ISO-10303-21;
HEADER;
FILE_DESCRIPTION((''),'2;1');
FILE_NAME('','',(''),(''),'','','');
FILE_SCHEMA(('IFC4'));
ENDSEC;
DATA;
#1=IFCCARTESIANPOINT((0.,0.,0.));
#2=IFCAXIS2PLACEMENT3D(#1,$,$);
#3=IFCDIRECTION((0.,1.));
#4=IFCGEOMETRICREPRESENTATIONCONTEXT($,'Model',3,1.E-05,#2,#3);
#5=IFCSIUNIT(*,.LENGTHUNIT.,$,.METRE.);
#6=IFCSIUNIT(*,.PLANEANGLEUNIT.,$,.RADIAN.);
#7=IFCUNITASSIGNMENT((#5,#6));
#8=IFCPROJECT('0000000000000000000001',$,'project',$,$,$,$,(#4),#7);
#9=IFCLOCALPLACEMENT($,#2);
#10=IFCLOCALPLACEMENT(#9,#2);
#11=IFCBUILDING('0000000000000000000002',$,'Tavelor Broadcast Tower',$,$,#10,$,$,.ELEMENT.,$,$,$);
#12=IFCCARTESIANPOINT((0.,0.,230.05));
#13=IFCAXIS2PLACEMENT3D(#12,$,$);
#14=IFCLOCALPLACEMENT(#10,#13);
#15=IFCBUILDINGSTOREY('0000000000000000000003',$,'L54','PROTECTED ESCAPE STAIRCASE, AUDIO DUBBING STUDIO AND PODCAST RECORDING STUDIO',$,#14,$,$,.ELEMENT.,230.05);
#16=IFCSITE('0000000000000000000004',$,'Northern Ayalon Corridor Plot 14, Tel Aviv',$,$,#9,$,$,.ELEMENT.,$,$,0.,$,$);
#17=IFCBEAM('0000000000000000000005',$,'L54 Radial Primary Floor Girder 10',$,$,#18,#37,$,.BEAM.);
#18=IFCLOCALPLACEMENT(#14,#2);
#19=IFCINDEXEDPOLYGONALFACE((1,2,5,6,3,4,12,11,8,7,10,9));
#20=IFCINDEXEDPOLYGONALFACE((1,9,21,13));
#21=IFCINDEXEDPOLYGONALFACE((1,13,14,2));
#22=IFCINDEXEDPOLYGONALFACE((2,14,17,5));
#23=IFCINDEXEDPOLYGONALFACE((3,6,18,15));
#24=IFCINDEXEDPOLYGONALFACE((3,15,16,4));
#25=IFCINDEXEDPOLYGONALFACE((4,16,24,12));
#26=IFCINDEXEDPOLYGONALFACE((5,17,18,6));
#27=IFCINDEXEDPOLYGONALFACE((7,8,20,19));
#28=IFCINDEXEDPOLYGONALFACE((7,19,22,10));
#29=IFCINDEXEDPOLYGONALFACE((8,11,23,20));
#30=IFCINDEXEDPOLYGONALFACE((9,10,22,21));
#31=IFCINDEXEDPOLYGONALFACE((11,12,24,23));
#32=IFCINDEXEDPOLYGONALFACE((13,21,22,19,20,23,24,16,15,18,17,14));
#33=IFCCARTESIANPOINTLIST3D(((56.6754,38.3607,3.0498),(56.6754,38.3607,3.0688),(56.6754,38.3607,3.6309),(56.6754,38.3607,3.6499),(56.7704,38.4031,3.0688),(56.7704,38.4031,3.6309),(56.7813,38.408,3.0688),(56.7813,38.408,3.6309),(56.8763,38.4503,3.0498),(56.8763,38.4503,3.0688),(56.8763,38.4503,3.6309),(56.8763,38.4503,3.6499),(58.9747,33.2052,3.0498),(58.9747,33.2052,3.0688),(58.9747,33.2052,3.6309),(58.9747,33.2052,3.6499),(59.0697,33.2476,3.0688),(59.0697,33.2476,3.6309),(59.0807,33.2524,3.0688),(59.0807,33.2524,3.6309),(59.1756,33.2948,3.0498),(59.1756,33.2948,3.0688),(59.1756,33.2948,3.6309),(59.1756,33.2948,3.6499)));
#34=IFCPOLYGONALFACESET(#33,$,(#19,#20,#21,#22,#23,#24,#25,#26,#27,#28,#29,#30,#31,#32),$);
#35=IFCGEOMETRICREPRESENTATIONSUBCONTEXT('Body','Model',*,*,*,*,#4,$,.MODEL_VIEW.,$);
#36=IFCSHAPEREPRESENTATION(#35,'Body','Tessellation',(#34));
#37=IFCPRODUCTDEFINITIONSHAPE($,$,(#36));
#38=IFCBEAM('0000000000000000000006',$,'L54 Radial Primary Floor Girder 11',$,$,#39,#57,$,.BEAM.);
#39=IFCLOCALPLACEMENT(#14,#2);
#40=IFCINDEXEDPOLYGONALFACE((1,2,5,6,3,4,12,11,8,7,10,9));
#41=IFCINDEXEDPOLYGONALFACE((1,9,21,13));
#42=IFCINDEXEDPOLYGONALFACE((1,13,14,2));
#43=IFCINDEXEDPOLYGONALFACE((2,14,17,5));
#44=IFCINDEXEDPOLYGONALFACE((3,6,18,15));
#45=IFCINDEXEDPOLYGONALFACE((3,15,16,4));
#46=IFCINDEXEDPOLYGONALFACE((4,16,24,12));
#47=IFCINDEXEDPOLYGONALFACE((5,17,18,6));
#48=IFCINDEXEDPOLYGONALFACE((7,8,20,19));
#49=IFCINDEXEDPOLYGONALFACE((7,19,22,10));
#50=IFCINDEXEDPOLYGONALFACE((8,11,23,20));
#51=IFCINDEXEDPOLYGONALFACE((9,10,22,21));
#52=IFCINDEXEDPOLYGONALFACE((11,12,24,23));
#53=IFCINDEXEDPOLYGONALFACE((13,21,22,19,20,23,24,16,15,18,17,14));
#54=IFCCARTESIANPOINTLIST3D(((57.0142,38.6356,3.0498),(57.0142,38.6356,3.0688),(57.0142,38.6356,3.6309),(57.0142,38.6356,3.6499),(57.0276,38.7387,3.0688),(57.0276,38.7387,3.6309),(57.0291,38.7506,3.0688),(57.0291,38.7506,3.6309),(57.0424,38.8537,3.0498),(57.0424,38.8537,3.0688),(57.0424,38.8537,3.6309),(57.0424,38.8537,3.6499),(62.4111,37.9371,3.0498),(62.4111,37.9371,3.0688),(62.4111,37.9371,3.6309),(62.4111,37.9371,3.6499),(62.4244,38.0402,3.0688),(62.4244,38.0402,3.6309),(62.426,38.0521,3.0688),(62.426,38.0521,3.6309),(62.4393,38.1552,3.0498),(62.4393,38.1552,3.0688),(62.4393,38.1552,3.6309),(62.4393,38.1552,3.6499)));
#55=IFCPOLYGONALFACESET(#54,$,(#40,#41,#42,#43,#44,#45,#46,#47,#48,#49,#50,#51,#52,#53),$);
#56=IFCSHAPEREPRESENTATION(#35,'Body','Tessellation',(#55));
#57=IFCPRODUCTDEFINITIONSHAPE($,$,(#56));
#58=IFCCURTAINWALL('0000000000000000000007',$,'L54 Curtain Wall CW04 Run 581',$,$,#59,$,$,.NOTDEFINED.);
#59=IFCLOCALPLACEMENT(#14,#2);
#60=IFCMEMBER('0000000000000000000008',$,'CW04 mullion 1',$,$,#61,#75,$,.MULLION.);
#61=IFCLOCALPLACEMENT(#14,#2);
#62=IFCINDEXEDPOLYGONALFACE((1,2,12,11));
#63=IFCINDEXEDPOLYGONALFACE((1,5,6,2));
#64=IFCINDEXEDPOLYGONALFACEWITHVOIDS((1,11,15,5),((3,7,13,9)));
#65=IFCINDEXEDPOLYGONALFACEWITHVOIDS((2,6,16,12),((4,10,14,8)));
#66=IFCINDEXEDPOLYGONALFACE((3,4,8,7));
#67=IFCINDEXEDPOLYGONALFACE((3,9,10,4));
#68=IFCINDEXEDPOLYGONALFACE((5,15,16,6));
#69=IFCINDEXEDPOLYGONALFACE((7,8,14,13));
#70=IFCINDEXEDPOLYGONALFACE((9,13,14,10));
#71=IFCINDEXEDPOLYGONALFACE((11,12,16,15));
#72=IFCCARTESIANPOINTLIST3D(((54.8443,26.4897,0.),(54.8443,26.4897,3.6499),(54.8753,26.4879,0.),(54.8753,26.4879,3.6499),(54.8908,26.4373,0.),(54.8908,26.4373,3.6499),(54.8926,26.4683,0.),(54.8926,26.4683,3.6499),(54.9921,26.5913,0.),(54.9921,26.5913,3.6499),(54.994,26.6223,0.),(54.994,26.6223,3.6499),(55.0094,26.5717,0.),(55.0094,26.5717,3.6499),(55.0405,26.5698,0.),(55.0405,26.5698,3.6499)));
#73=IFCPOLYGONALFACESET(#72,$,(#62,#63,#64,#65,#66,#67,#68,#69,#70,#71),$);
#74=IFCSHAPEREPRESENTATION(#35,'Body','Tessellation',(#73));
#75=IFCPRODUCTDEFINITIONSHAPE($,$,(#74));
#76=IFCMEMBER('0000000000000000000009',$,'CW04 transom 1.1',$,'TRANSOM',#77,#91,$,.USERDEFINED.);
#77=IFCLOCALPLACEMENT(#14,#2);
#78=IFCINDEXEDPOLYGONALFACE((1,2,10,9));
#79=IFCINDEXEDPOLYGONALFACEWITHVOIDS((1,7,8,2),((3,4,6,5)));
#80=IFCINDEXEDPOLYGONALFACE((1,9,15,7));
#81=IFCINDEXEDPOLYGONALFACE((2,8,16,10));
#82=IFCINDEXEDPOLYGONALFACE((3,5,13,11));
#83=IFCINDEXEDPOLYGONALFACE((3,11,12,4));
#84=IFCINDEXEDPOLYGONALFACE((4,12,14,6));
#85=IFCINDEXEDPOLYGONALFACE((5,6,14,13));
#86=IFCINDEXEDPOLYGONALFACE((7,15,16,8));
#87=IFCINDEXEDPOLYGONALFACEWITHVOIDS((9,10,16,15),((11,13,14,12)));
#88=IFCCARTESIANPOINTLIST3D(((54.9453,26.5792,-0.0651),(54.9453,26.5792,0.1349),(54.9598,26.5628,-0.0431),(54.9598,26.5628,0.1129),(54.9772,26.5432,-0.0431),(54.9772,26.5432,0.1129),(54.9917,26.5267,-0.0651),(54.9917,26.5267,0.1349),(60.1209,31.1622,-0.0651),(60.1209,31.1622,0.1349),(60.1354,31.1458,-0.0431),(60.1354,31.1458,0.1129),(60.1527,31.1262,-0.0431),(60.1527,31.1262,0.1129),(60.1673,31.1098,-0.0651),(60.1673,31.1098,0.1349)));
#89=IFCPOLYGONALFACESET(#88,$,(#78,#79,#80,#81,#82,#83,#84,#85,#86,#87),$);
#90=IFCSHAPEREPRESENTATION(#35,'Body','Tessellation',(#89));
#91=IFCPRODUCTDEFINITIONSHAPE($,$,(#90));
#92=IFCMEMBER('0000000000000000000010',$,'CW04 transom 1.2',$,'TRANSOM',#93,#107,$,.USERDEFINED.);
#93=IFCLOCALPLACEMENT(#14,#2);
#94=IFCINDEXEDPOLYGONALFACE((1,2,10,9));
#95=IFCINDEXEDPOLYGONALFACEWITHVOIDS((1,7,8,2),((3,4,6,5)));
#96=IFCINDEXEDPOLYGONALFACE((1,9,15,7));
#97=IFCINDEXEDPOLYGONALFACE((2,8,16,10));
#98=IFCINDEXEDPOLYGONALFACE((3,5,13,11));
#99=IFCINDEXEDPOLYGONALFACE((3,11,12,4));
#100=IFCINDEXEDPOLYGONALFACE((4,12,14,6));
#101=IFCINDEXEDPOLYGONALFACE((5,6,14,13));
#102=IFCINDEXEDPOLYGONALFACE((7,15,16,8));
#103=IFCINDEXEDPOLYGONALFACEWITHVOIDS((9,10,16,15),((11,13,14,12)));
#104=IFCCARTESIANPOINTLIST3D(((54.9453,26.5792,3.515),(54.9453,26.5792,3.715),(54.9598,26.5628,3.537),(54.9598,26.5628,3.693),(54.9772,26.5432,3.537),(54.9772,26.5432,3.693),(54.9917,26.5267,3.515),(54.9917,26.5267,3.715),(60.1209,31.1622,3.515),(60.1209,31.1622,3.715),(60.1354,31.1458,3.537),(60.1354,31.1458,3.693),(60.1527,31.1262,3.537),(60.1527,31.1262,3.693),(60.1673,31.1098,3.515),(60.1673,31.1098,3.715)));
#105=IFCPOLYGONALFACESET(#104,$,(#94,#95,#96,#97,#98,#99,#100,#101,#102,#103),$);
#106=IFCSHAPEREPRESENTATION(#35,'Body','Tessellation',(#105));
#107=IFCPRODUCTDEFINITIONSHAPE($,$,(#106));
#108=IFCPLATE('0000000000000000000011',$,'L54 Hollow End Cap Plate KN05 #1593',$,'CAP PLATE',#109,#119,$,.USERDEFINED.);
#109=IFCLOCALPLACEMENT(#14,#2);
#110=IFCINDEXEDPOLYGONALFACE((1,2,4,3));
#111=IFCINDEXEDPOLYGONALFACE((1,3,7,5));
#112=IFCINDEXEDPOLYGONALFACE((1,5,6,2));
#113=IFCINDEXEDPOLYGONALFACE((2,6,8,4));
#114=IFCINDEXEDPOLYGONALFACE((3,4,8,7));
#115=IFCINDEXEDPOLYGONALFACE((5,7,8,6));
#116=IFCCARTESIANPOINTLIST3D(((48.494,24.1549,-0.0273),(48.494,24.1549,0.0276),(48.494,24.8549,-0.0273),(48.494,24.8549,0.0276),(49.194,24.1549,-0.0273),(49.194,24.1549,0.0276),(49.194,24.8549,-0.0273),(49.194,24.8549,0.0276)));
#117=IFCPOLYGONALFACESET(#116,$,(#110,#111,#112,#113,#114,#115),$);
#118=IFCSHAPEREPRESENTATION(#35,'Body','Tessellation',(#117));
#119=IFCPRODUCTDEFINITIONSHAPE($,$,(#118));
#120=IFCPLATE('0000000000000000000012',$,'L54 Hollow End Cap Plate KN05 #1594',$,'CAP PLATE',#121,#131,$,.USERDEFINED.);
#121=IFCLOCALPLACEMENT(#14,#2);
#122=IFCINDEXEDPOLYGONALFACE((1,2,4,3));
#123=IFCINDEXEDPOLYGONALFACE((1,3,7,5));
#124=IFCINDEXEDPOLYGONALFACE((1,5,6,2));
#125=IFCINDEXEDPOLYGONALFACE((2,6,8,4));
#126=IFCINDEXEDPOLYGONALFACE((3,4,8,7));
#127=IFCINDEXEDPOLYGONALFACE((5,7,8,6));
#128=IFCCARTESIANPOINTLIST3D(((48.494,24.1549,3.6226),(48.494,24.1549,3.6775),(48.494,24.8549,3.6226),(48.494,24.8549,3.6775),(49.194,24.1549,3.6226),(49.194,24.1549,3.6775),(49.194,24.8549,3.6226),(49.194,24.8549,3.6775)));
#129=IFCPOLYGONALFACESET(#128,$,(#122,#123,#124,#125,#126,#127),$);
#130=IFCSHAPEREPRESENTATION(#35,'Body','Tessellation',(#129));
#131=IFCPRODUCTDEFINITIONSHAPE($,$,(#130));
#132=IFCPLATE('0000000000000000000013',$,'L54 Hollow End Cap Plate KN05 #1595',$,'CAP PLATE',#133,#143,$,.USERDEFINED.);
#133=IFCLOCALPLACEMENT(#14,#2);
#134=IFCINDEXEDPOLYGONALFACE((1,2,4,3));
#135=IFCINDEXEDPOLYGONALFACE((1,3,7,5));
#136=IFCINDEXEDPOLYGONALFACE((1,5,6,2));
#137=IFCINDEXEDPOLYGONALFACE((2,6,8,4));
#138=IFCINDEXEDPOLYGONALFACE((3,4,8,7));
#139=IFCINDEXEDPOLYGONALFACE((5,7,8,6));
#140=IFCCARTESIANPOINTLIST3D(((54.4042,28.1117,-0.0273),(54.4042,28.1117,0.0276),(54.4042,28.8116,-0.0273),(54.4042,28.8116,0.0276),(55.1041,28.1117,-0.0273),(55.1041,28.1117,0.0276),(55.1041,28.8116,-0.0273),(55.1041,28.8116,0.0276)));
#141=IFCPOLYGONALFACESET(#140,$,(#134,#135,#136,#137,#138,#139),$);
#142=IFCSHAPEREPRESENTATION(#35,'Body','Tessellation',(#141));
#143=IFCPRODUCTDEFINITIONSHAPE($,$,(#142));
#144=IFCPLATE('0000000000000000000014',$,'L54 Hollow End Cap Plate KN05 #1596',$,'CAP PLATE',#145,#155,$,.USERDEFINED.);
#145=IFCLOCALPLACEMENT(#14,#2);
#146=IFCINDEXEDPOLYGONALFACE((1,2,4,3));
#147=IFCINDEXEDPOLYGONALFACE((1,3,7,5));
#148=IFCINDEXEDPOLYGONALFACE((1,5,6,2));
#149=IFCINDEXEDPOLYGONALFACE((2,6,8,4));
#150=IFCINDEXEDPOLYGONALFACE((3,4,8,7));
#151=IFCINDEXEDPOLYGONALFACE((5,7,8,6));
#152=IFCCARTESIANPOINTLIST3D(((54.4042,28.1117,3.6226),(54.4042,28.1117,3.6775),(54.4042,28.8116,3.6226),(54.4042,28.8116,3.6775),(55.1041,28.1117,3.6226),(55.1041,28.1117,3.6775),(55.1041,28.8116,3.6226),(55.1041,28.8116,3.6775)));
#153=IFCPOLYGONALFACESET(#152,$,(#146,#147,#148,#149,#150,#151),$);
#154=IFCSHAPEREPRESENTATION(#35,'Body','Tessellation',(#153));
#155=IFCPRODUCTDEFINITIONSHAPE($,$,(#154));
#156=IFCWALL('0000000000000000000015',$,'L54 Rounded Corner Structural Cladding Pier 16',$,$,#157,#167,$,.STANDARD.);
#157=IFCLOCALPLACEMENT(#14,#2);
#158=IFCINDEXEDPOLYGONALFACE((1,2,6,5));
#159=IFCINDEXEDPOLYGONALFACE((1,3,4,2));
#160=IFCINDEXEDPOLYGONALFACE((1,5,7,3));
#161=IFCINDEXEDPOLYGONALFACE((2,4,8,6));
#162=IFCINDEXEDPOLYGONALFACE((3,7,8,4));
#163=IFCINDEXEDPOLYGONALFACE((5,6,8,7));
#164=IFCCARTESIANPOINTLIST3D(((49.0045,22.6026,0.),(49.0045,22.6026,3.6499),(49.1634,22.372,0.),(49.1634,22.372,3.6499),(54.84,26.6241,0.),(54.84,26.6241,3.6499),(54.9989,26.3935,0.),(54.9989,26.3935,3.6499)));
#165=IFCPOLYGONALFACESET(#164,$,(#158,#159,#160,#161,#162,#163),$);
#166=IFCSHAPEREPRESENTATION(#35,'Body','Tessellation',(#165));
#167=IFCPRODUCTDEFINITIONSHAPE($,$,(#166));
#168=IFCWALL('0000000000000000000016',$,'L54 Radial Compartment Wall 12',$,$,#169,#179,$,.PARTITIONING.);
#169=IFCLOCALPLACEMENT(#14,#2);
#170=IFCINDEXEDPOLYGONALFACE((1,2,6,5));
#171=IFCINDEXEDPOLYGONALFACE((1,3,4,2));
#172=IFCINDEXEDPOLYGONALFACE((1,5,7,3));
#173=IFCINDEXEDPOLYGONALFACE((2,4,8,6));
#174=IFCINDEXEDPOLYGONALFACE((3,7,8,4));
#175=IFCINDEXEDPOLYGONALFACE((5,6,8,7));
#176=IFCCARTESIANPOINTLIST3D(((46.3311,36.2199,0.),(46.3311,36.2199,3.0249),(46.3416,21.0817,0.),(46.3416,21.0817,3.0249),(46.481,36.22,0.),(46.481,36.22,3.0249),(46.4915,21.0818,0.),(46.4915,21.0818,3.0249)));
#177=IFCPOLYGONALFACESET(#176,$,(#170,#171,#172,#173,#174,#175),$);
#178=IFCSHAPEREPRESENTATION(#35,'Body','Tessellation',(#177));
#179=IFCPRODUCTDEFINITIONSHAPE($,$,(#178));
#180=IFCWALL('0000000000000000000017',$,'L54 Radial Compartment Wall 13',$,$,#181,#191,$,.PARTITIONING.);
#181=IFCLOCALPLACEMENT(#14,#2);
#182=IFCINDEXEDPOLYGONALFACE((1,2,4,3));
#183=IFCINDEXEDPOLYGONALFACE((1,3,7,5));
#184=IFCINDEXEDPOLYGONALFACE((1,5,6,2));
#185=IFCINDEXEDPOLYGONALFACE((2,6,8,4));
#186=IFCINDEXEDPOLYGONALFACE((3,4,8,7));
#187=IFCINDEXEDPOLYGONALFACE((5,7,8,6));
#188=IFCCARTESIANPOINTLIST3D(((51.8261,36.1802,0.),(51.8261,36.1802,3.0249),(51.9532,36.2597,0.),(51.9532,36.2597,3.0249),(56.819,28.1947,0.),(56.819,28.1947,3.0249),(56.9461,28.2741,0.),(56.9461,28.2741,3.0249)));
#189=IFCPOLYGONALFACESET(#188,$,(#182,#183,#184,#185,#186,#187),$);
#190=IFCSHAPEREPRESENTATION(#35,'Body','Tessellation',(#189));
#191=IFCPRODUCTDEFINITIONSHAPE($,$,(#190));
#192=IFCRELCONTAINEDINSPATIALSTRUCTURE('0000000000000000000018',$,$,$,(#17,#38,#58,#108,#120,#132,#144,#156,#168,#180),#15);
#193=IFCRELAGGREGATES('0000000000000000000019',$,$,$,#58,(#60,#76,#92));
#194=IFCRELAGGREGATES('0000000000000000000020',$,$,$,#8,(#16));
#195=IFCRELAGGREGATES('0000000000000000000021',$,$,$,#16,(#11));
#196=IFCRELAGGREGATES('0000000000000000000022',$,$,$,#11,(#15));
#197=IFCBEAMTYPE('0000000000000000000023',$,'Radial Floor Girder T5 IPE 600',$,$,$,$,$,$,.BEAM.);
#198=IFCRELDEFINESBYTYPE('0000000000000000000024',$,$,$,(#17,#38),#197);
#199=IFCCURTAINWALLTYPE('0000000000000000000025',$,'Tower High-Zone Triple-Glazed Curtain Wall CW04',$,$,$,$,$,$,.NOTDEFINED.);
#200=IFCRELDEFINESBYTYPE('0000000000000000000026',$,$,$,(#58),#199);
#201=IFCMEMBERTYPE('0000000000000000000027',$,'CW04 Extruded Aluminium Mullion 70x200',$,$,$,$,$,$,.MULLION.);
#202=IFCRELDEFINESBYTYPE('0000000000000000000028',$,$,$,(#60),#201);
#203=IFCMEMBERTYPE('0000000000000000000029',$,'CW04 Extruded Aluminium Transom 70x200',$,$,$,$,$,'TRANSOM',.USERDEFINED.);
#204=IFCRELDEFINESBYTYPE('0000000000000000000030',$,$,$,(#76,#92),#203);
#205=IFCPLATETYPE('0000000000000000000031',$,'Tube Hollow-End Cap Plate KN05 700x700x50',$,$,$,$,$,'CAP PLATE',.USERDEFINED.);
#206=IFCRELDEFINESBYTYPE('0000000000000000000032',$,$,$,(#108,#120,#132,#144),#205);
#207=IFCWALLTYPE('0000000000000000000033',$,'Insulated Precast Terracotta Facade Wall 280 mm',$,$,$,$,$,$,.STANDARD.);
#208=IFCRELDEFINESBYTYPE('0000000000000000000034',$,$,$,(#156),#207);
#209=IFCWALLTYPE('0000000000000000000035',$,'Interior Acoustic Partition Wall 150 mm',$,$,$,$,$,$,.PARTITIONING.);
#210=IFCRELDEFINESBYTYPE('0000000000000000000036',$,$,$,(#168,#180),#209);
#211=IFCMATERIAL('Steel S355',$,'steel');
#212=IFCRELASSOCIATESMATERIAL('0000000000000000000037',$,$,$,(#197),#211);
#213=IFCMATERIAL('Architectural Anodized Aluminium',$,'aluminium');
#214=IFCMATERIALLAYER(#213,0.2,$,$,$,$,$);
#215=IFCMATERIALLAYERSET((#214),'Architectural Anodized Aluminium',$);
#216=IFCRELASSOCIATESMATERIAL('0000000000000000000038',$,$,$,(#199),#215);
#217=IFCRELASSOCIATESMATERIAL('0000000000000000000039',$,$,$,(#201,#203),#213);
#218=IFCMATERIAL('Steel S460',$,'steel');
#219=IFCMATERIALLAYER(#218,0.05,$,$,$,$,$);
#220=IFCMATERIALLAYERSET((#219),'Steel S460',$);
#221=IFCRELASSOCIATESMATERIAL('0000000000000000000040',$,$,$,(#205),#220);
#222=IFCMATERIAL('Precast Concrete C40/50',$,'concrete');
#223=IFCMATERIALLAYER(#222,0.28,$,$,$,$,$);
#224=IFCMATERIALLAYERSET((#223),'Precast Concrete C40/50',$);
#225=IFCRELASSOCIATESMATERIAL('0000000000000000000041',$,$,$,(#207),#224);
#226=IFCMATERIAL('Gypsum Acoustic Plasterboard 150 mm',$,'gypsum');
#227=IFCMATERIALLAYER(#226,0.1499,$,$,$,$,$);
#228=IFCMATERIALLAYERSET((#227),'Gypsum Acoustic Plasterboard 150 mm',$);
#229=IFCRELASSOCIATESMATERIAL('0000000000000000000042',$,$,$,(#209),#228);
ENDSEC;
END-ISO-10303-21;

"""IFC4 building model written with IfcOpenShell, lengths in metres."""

from ifc_helpers import new_model, si_unit, direction, frame, frame_2d, origin, origin_2d, place, context, subcontext, project, spatial, rectangle, hollow_rectangle, i_section, extrude, source, transform, mapped, material, layer, layer_set, material_profile, profile_set, type_object, type_shapes, element, aggregate, save


model = new_model("IFC4")

# Units and contexts
model_context = context("Model", 3, precision=1e-05, world=origin(), true_north=direction((0.0, 1.0)))
body_context = subcontext(model_context, "Body", "Model", "MODEL_VIEW")
ifc_project = project(units=[si_unit("LENGTHUNIT", "METRE"), si_unit("PLANEANGLEUNIT", "RADIAN")], contexts=[model_context])

# Site, building, storey
site_placement = place(None, origin())
site = spatial("IfcSite", under=ifc_project, at=site_placement, Name="Northern Ayalon Corridor Plot 14, Tel Aviv", CompositionType="ELEMENT", RefElevation=0.0)
building_placement = place(site_placement, origin())
building = spatial("IfcBuilding", under=site, at=building_placement, Name="Tavelor Broadcast Tower", CompositionType="ELEMENT")
storey_placement = place(building_placement, frame((0.0, 0.0, 230.05)))
storey = spatial("IfcBuildingStorey", under=building, at=storey_placement, Name="L54", Description="PROTECTED ESCAPE STAIRCASE, AUDIO DUBBING STUDIO AND PODCAST RECORDING STUDIO", CompositionType="ELEMENT", Elevation=230.05)

# Shared definitions
ifc_material_1 = material(Name="Steel S460", Category="steel")

# Shared definitions
ifc_material_2 = material(Name="Steel S355", Category="steel")

# Beams
ifc_material_profile_1 = material_profile(ifc_material_2, i_section(OverallWidth=0.22, OverallDepth=0.6001, WebThickness=0.012, FlangeThickness=0.019, at=origin_2d()), Name="IPE 600")
ifc_profile_set_1 = profile_set([ifc_material_profile_1], Name="Steel S355")
beam_type_1 = type_object("IfcBeamType", Name="Radial Floor Girder T5 IPE 600", PredefinedType="BEAM", material=ifc_profile_set_1)
beam_1_placement = place(storey_placement, frame((56.7759, 38.4055, 3.3499), z_axis=(0.407318, -0.913286, 0.0), x_axis=(0.913286, 0.407318, 0.0)))
element("IfcBeam", 1, at=beam_1_placement, inside=storey, type_object=beam_type_1, Name="L54 Radial Primary Floor Girder 10", PredefinedType="BEAM", context=body_context, shape_type="SweptSolid", body=[
    extrude(i_section(OverallWidth=0.22, OverallDepth=0.6001, WebThickness=0.012, FlangeThickness=0.019, at=origin_2d()), origin(), (0.0, 0.0, 1.0), 5.645),
])
beam_2_placement = place(storey_placement, frame((57.0283, 38.7446, 3.3499), z_axis=(0.991729, -0.128351, 0.0), x_axis=(0.128351, 0.991729, 0.0)))
element("IfcBeam", 2, at=beam_2_placement, inside=storey, type_object=beam_type_1, Name="L54 Radial Primary Floor Girder 11", PredefinedType="BEAM", context=body_context, shape_type="SweptSolid", body=[
    extrude(i_section(OverallWidth=0.22, OverallDepth=0.6001, WebThickness=0.012, FlangeThickness=0.019, at=origin_2d()), origin(), (0.0, 0.0, 1.0), 5.4419),
])

# Curtain wall, members
ifc_material_3 = material(Name="Architectural Anodized Aluminium", Category="aluminium")
ifc_layer_1 = layer(ifc_material_3, 0.2)
ifc_layer_set_1 = layer_set([ifc_layer_1], Name="Architectural Anodized Aluminium")
curtain_wall_type = type_object("IfcCurtainWallType", Name="Tower High-Zone Triple-Glazed Curtain Wall CW04", PredefinedType="NOTDEFINED", material=ifc_layer_set_1)
curtain_wall_placement = place(storey_placement, origin())
curtain_wall = element("IfcCurtainWall", 3, at=curtain_wall_placement, inside=storey, type_object=curtain_wall_type, Name="L54 Curtain Wall CW04 Run 581", PredefinedType="NOTDEFINED")
ifc_material_profile_2 = material_profile(ifc_material_3, hollow_rectangle(XDim=0.0701, YDim=0.2, WallThickness=0.022, at=origin_2d()), Name="RHS 70x200x22")
ifc_profile_set_2 = profile_set([ifc_material_profile_2], Name="Architectural Anodized Aluminium")
member_type_1 = type_object("IfcMemberType", Name="CW04 Extruded Aluminium Mullion 70x200", PredefinedType="MULLION", material=ifc_profile_set_2)
shared_shape_1 = source(origin(), body_context, "Body", "SweptSolid", [
    extrude(hollow_rectangle(XDim=0.0701, YDim=0.2, WallThickness=0.022, at=origin_2d()), origin(), (0.0, 0.0, 1.0), 3.6499),
])
type_shapes(member_type_1, [shared_shape_1])
member_1_placement = place(storey_placement, frame((54.9424, 26.5298, 0.0), z_axis=(0.0, 0.0, 1.0), x_axis=(-0.662945, 0.748668, 0.0)))
member_1 = element("IfcMember", 4, at=member_1_placement, type_object=member_type_1, Name="CW04 mullion 1", PredefinedType="MULLION", context=body_context, shape_type="MappedRepresentation", body=[
    mapped(shared_shape_1, transform((0.0, 0.0, 0.0), scale=1.0)),
])
ifc_material_profile_3 = material_profile(ifc_material_3, hollow_rectangle(XDim=0.0701, YDim=0.2, WallThickness=0.022, at=origin_2d()), Name="RHS 70x200x22")
ifc_profile_set_3 = profile_set([ifc_material_profile_3], Name="Architectural Anodized Aluminium")
member_type_2 = type_object("IfcMemberType", Name="CW04 Extruded Aluminium Transom 70x200", ElementType="TRANSOM", PredefinedType="USERDEFINED", material=ifc_profile_set_3)
shared_shape_2 = source(origin(), body_context, "Body", "SweptSolid", [
    extrude(hollow_rectangle(XDim=0.0701, YDim=0.2, WallThickness=0.022, at=origin_2d()), origin(), (0.0, 0.0, 1.0), 6.9131),
])
type_shapes(member_type_2, [shared_shape_2])
member_2_placement = place(storey_placement, frame((54.9685, 26.553, 0.0349), z_axis=(0.748663, 0.662951, 0.0), x_axis=(-0.662951, 0.748663, 0.0)))
member_2 = element("IfcMember", 5, at=member_2_placement, type_object=member_type_2, Name="CW04 transom 1.1", ObjectType="TRANSOM", PredefinedType="USERDEFINED", context=body_context, shape_type="MappedRepresentation", body=[
    mapped(shared_shape_2, transform((0.0, 0.0, 0.0), scale=1.0)),
])
member_3_placement = place(storey_placement, frame((54.9685, 26.553, 3.615), z_axis=(0.748663, 0.662951, 0.0), x_axis=(-0.662951, 0.748663, 0.0)))
member_3 = element("IfcMember", 6, at=member_3_placement, type_object=member_type_2, Name="CW04 transom 1.2", ObjectType="TRANSOM", PredefinedType="USERDEFINED", context=body_context, shape_type="MappedRepresentation", body=[
    mapped(shared_shape_2, transform((0.0, 0.0, 0.0), scale=1.0)),
])
aggregate(curtain_wall, [member_1, member_2, member_3])

# Plates
ifc_layer_2 = layer(ifc_material_1, 0.05)
ifc_layer_set_2 = layer_set([ifc_layer_2], Name="Steel S460")
plate_type = type_object("IfcPlateType", Name="Tube Hollow-End Cap Plate KN05 700x700x50", ElementType="CAP PLATE", PredefinedType="USERDEFINED", material=ifc_layer_set_2)
shared_shape_3 = source(origin(), body_context, "Body", "SweptSolid", [
    extrude(rectangle(XDim=0.7, YDim=0.7, at=origin_2d()), origin(), (0.0, 0.0, 1.0), 0.0549),
])
type_shapes(plate_type, [shared_shape_3])
for number, where, z_axis, x_axis, name in (
    (7, (48.844, 24.5049, -0.0273), (0.0, 0.0, 1.0), (1.0, 0.0, 0.0), "L54 Hollow End Cap Plate KN05 #1593"),
    (8, (48.844, 24.5049, 3.6226), (0.0, 0.0, 1.0), (1.0, 0.0, 0.0), "L54 Hollow End Cap Plate KN05 #1594"),
    (9, (54.7542, 28.4617, -0.0273), (0.0, 0.0, 1.0), (1.0, 0.0, 0.0), "L54 Hollow End Cap Plate KN05 #1595"),
    (10, (54.7542, 28.4617, 3.6226), (0.0, 0.0, 1.0), (1.0, 0.0, 0.0), "L54 Hollow End Cap Plate KN05 #1596"),
):
    element("IfcPlate", number, at=place(storey_placement, frame(where, z_axis=z_axis, x_axis=x_axis)), inside=storey, type_object=plate_type, Name=name, ObjectType="CAP PLATE", PredefinedType="USERDEFINED", context=body_context, shape_type="MappedRepresentation", body=[
        mapped(shared_shape_3, transform((0.0, 0.0, 0.0), scale=1.0)),
    ])

# Walls
ifc_material_4 = material(Name="Precast Concrete C40/50", Category="concrete")
ifc_layer_3 = layer(ifc_material_4, 0.28)
ifc_layer_set_3 = layer_set([ifc_layer_3], Name="Precast Concrete C40/50")
wall_type_1 = type_object("IfcWallType", Name="Insulated Precast Terracotta Facade Wall 280 mm", PredefinedType="STANDARD", material=ifc_layer_set_3)
wall_1_placement = place(storey_placement, frame((49.084, 22.4873, 0.0), z_axis=(0.0, 0.0, 1.0), x_axis=(0.823408, 0.56745, 0.0)))
element("IfcWall", 11, at=wall_1_placement, inside=storey, type_object=wall_type_1, Name="L54 Rounded Corner Structural Cladding Pier 16", PredefinedType="STANDARD", context=body_context, shape_type="SweptSolid", body=[
    extrude(rectangle(XDim=7.0869, YDim=0.28, at=frame_2d((3.5435, 0.0))), origin(), (0.0, 0.0, 1.0), 3.6499),
])
ifc_material_5 = material(Name="Gypsum Acoustic Plasterboard 150 mm", Category="gypsum")
ifc_layer_4 = layer(ifc_material_5, 0.1499)
ifc_layer_set_4 = layer_set([ifc_layer_4], Name="Gypsum Acoustic Plasterboard 150 mm")
wall_type_2 = type_object("IfcWallType", Name="Interior Acoustic Partition Wall 150 mm", PredefinedType="PARTITIONING", material=ifc_layer_set_4)
wall_2_placement = place(storey_placement, frame((46.406, 36.22, 0.0), z_axis=(0.0, 0.0, 1.0), x_axis=(0.000693, -1.0, 0.0)))
element("IfcWall", 12, at=wall_2_placement, inside=storey, type_object=wall_type_2, Name="L54 Radial Compartment Wall 12", PredefinedType="PARTITIONING", context=body_context, shape_type="SweptSolid", body=[
    extrude(rectangle(XDim=15.1382, YDim=0.1499, at=frame_2d((7.5691, 0.0))), origin(), (0.0, 0.0, 1.0), 3.0249),
])
wall_3_placement = place(storey_placement, frame((51.8896, 36.22, 0.0), z_axis=(0.0, 0.0, 1.0), x_axis=(0.530146, -0.847907, 0.0)))
element("IfcWall", 13, at=wall_3_placement, inside=storey, type_object=wall_type_2, Name="L54 Radial Compartment Wall 13", PredefinedType="PARTITIONING", context=body_context, shape_type="SweptSolid", body=[
    extrude(rectangle(XDim=9.418, YDim=0.1499, at=frame_2d((4.709, 0.0))), origin(), (0.0, 0.0, 1.0), 3.0249),
])

save(model, "model.ifc")
